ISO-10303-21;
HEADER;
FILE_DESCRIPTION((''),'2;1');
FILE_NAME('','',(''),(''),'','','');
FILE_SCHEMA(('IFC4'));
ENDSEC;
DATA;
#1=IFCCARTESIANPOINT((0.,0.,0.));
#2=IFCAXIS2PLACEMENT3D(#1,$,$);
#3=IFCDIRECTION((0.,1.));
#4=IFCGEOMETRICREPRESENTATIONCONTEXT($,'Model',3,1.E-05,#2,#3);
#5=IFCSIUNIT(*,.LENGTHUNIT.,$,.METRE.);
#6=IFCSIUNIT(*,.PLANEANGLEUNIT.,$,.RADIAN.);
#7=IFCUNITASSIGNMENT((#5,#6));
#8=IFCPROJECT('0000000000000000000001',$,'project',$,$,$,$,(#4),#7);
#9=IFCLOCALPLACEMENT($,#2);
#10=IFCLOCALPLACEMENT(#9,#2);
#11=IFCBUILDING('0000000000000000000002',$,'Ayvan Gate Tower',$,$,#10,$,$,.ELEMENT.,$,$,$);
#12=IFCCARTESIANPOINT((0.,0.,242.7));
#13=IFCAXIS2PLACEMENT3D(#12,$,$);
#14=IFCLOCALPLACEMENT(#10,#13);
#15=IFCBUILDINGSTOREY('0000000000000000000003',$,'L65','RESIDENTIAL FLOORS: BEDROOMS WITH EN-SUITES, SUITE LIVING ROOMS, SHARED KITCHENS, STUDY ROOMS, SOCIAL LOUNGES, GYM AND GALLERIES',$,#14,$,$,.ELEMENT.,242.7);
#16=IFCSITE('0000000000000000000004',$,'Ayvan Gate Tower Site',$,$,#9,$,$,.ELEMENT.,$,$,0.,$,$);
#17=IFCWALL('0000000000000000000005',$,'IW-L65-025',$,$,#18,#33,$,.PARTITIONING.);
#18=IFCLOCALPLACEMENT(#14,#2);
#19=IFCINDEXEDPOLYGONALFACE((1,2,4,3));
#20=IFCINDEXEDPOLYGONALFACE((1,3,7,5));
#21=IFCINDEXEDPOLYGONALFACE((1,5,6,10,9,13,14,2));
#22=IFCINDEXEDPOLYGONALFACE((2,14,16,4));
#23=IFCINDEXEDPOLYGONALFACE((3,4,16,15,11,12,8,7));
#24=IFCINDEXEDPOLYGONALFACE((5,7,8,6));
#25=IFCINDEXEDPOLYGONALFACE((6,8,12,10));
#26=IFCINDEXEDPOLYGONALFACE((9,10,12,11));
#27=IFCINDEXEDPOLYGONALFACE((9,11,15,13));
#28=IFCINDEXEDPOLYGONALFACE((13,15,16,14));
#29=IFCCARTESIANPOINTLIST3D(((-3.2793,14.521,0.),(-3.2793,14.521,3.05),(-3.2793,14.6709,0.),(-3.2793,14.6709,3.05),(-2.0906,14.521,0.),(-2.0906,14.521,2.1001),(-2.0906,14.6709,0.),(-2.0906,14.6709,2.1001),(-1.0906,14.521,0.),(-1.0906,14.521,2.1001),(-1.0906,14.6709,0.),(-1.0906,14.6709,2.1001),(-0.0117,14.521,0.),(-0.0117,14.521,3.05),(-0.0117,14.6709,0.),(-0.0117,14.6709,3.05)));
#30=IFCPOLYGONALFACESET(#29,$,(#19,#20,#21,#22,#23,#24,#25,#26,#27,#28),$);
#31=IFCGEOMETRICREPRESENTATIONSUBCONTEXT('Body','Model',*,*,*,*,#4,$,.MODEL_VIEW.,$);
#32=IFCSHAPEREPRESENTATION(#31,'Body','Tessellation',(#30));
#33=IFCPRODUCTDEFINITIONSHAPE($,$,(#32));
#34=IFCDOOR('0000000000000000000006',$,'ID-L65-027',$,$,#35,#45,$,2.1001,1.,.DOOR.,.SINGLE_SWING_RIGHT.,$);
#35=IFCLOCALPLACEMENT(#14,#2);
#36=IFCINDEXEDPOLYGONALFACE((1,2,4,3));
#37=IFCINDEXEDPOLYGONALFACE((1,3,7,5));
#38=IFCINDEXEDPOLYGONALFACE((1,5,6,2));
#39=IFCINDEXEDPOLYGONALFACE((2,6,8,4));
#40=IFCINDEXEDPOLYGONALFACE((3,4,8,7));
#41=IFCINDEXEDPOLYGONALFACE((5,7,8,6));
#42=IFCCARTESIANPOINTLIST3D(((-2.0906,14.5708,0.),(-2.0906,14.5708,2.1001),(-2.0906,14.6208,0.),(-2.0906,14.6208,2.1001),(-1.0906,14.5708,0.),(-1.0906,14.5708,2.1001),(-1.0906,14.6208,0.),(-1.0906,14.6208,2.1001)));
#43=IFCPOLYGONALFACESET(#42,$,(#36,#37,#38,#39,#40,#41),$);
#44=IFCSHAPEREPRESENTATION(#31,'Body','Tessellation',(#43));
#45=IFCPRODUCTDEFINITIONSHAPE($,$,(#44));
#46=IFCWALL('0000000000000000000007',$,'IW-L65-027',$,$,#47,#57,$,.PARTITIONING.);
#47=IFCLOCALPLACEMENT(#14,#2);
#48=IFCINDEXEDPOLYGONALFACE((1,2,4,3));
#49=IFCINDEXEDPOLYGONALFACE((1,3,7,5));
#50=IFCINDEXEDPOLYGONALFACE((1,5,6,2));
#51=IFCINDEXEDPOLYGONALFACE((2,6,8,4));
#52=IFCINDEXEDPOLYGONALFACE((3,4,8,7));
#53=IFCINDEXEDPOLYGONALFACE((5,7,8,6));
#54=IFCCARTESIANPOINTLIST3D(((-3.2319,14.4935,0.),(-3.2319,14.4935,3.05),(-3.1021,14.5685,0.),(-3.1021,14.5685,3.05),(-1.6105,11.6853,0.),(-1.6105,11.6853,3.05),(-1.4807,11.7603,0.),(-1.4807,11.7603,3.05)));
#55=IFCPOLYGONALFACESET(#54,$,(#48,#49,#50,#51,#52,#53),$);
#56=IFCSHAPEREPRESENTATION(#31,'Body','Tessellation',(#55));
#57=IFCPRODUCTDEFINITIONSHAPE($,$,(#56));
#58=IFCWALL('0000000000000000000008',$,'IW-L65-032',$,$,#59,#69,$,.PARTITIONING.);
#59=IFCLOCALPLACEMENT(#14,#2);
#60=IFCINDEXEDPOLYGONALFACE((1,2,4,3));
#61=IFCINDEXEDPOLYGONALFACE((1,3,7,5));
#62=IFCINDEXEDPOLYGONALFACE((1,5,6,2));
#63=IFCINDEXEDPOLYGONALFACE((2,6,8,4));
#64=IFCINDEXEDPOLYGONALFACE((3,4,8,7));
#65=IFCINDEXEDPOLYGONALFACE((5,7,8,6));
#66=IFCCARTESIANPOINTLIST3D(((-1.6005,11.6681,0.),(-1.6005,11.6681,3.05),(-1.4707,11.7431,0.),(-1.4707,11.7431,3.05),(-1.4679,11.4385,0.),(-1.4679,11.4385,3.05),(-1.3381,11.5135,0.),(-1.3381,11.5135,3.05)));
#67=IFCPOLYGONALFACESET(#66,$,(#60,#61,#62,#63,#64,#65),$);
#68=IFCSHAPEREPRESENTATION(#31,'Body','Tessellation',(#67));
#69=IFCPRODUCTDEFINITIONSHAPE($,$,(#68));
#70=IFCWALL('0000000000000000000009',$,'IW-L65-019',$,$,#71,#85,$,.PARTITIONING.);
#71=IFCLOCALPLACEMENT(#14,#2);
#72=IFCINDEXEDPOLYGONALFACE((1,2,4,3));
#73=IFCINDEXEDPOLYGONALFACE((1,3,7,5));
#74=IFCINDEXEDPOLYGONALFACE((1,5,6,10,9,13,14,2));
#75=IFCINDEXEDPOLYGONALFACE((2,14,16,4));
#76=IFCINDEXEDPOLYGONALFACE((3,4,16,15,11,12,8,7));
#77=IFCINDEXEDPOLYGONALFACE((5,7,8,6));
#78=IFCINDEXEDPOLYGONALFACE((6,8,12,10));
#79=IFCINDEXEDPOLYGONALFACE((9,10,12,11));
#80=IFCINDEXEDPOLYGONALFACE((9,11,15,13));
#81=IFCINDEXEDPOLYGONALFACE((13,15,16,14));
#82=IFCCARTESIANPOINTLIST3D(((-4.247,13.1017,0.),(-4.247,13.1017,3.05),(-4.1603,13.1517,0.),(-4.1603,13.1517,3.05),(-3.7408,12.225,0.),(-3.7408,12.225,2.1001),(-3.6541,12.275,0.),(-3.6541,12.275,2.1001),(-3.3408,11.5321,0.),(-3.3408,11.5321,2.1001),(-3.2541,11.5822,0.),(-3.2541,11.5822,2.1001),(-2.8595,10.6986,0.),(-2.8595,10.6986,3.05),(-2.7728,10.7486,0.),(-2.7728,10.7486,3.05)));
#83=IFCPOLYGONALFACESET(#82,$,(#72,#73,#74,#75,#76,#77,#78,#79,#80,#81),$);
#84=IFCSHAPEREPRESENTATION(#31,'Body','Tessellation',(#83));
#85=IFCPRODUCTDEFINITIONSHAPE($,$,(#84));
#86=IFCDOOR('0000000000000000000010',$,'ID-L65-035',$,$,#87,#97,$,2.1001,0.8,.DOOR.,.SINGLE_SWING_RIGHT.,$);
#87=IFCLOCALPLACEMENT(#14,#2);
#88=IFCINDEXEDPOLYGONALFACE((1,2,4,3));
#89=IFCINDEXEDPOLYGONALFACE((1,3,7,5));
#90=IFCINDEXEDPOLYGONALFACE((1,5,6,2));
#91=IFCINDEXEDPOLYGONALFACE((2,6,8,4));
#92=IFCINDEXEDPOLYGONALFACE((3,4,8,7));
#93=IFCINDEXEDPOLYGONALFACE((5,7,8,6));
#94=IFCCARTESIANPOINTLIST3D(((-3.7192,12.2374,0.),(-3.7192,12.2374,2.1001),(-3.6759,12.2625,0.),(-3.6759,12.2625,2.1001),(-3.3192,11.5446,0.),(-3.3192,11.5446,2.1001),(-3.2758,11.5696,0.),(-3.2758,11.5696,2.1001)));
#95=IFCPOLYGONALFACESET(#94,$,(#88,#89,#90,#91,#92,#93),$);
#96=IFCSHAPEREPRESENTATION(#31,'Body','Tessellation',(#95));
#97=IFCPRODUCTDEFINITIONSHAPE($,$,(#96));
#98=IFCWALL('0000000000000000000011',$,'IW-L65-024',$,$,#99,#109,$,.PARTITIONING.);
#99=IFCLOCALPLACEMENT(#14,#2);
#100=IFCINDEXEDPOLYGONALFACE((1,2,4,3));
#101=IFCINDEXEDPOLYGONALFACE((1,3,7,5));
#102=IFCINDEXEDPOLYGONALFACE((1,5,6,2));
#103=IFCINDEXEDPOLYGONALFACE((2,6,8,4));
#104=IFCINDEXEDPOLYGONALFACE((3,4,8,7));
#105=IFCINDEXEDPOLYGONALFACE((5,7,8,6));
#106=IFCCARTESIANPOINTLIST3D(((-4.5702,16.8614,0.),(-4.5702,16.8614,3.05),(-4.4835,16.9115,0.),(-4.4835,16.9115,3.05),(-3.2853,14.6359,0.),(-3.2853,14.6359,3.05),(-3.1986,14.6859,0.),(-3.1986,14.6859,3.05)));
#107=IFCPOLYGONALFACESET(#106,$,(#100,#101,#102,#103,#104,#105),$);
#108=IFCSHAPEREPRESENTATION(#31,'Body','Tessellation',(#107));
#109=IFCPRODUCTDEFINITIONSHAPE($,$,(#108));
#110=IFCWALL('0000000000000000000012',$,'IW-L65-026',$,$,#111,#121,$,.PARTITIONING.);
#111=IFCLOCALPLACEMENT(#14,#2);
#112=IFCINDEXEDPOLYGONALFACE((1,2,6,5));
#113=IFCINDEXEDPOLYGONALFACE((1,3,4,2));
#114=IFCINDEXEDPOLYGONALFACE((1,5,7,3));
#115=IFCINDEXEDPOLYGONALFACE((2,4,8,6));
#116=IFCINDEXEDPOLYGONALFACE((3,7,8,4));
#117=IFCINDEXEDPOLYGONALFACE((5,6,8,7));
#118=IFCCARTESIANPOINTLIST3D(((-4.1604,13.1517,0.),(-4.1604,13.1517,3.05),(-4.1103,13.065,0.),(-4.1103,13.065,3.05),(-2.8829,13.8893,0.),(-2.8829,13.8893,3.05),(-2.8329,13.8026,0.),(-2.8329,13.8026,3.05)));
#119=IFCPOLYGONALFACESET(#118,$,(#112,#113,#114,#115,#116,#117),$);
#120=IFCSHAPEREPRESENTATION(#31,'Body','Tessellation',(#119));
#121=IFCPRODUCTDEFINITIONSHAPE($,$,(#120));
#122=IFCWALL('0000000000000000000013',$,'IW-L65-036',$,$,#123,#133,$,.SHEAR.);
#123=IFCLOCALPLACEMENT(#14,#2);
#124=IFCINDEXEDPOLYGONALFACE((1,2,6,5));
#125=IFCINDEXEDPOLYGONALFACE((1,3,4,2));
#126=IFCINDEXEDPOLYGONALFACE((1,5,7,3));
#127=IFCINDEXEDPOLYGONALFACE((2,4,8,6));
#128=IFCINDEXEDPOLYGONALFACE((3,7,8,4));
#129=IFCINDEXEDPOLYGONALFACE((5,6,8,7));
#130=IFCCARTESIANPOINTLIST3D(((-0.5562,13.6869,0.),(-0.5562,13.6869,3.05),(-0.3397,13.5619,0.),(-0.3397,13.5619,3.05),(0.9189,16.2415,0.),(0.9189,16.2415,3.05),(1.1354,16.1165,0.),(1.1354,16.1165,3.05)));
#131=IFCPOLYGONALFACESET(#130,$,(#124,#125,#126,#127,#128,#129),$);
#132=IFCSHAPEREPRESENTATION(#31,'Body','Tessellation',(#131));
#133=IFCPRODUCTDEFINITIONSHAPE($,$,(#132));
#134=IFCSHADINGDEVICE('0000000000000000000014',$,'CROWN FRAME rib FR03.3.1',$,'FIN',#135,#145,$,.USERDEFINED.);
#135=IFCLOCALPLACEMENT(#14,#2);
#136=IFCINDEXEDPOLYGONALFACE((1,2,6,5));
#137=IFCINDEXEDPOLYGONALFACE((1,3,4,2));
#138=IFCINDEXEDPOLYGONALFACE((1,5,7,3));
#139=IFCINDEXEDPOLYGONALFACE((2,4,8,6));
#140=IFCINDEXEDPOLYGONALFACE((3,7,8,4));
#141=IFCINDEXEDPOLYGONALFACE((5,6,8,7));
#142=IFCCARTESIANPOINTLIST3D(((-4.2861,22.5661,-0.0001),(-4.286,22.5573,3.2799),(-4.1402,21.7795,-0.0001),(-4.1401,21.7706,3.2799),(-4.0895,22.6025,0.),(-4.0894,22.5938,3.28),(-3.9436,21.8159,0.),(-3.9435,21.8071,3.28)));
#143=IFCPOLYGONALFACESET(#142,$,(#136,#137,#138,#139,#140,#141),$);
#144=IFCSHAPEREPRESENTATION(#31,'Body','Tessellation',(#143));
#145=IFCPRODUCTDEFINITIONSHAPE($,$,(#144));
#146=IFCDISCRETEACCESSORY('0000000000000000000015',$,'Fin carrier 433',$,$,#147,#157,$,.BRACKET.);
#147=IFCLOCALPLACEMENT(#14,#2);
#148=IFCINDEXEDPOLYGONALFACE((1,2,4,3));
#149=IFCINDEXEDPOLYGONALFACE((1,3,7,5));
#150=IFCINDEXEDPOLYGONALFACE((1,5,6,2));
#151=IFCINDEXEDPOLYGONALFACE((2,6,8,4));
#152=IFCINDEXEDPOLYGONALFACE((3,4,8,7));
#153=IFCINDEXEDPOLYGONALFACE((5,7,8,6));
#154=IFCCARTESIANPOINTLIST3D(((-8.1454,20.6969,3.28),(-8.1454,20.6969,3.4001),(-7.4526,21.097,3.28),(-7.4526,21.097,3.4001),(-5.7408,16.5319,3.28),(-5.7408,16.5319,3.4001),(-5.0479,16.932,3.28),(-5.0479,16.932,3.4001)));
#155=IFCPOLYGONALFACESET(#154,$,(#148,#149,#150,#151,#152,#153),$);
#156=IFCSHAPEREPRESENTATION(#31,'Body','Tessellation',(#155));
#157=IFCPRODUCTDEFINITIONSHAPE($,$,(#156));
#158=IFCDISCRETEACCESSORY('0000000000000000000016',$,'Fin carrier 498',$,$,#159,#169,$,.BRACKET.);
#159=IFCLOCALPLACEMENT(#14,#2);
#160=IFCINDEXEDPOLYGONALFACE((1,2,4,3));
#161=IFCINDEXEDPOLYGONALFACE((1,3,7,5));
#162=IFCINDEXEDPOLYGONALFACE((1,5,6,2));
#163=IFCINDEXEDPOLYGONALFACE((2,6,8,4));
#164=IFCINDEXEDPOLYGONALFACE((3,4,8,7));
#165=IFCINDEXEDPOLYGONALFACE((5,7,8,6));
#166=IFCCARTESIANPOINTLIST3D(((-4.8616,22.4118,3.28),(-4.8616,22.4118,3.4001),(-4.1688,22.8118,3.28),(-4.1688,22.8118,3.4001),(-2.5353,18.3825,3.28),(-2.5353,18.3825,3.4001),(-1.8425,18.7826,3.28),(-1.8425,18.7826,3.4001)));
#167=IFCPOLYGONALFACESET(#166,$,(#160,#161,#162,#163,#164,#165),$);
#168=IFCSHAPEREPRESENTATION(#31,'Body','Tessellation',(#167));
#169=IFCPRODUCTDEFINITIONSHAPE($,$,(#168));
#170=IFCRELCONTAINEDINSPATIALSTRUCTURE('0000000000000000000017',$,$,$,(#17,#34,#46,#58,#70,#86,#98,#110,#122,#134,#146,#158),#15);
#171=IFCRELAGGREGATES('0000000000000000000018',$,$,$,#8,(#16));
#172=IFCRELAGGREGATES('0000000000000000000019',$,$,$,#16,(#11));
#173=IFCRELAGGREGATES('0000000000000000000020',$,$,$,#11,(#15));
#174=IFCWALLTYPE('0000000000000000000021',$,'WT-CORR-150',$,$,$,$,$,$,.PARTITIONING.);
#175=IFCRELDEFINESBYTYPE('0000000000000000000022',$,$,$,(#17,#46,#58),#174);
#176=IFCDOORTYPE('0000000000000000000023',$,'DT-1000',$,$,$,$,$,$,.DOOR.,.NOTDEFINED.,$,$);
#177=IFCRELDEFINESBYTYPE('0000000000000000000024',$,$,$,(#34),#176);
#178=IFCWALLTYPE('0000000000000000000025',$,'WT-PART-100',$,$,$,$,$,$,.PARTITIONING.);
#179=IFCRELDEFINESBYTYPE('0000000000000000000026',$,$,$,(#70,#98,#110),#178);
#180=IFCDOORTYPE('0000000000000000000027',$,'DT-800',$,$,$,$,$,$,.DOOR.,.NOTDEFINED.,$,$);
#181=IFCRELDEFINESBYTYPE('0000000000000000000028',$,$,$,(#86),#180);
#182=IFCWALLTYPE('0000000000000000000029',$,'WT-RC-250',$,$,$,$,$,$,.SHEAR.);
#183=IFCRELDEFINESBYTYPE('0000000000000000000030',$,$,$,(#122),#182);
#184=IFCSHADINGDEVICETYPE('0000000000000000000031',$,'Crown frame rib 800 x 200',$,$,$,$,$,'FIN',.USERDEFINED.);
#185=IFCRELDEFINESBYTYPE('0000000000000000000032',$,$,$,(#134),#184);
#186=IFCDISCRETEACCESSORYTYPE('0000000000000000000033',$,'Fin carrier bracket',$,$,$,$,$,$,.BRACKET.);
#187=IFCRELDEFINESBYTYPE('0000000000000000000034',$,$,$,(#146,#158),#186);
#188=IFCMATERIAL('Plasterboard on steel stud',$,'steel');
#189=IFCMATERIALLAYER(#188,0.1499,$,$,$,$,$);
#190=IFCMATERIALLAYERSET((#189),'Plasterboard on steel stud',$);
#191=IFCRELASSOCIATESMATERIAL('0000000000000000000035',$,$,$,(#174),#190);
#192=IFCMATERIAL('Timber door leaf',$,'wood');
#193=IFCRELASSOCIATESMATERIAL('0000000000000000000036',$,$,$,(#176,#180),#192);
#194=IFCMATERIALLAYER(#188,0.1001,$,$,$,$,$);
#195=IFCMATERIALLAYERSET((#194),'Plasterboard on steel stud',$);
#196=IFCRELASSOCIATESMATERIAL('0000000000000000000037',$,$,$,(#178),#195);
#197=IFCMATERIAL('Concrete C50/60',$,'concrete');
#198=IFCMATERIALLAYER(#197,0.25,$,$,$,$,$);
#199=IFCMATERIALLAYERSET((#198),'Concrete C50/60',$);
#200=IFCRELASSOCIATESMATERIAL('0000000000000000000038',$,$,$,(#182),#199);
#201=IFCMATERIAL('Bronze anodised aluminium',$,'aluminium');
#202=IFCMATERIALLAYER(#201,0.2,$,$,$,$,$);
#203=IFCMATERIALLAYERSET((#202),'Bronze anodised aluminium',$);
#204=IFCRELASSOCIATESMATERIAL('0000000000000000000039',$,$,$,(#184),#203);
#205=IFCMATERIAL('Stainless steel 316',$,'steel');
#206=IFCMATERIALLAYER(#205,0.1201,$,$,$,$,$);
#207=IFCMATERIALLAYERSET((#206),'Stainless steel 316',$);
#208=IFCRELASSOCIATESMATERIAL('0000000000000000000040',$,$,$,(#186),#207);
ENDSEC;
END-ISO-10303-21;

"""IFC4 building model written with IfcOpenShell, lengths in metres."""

from ifc_helpers import new_model, si_unit, direction, frame, frame_2d, origin, origin_2d, place, context, subcontext, project, spatial, polyline, rectangle, outline, extrude, material, layer, layer_set, type_object, element, fill, save


model = new_model("IFC4")

# Units and contexts
model_context = context("Model", 3, precision=1e-05, world=origin(), true_north=direction((0.0, 1.0)))
body_context = subcontext(model_context, "Body", "Model", "MODEL_VIEW")
ifc_project = project(units=[si_unit("LENGTHUNIT", "METRE"), si_unit("PLANEANGLEUNIT", "RADIAN")], contexts=[model_context])

# Site, building, storey
site_placement = place(None, origin())
site = spatial("IfcSite", under=ifc_project, at=site_placement, Name="Ayvan Gate Tower Site", CompositionType="ELEMENT", RefElevation=0.0)
building_placement = place(site_placement, origin())
building = spatial("IfcBuilding", under=site, at=building_placement, Name="Ayvan Gate Tower", CompositionType="ELEMENT")
storey_placement = place(building_placement, frame((0.0, 0.0, 242.7)))
storey = spatial("IfcBuildingStorey", under=building, at=storey_placement, Name="L65", Description="RESIDENTIAL FLOORS: BEDROOMS WITH EN-SUITES, SUITE LIVING ROOMS, SHARED KITCHENS, STUDY ROOMS, SOCIAL LOUNGES, GYM AND GALLERIES", CompositionType="ELEMENT", Elevation=242.7)

# Shared definitions
ifc_material_1 = material(Name="Concrete C50/60", Category="concrete")

# Shared definitions
ifc_material_2 = material(Name="Bronze anodised aluminium", Category="aluminium")

# Wall, opening, door
ifc_material_3 = material(Name="Plasterboard on steel stud", Category="steel")
ifc_layer_1 = layer(ifc_material_3, 0.1499)
ifc_layer_set_1 = layer_set([ifc_layer_1], Name="Plasterboard on steel stud")
wall_type_1 = type_object("IfcWallType", Name="WT-CORR-150", PredefinedType="PARTITIONING", material=ifc_layer_set_1)
wall_1_placement = place(storey_placement, frame((-3.2793, 14.5959, 0.0), z_axis=(0.0, 0.0, 1.0), x_axis=(1.0, 0.0, 0.0)))
wall_1 = element("IfcWall", 1, at=wall_1_placement, inside=storey, type_object=wall_type_1, Name="IW-L65-025", PredefinedType="PARTITIONING", context=body_context, shape_type="SweptSolid", body=[
    extrude(rectangle(XDim=3.2676, YDim=0.1499, at=frame_2d((1.6338, 0.0))), origin(), (0.0, 0.0, 1.0), 3.05),
])
opening_1_placement = place(wall_1_placement, frame((1.1887, 0.0, 0.0)))
opening_1 = element("IfcOpeningElement", 2, at=opening_1_placement, cuts=wall_1, PredefinedType="OPENING", context=body_context, shape_type="SweptSolid", body=[
    extrude(rectangle(XDim=1.0, YDim=2.1001, at=frame_2d((0.5, 1.05))), frame((0.0, 0.085, 0.0), z_axis=(0.0, -1.0, 0.0), x_axis=(1.0, 0.0, 0.0)), (0.0, 0.0, 1.0), 0.1699),
])
ifc_material_4 = material(Name="Timber door leaf", Category="wood")
door_type_1 = type_object("IfcDoorType", Name="DT-1000", OperationType="NOTDEFINED", PredefinedType="DOOR", material=ifc_material_4)
door_1_placement = place(opening_1_placement, origin())
door_1 = element("IfcDoor", 3, at=door_1_placement, inside=storey, type_object=door_type_1, Name="ID-L65-027", OperationType="SINGLE_SWING_RIGHT", OverallHeight=2.1001, OverallWidth=1.0, PredefinedType="DOOR", context=body_context, shape_type="SweptSolid", body=[
    extrude(rectangle(XDim=1.0, YDim=2.1001, at=frame_2d((0.5, 1.05))), frame((0.0, 0.0249, 0.0), z_axis=(0.0, -1.0, 0.0), x_axis=(1.0, 0.0, 0.0)), (0.0, 0.0, 1.0), 0.05),
])
fill(opening_1, door_1)

# Walls
wall_2_placement = place(storey_placement, frame((-3.167, 14.531, 0.0), z_axis=(0.0, 0.0, 1.0), x_axis=(0.500018, -0.866015, 0.0)))
element("IfcWall", 4, at=wall_2_placement, inside=storey, type_object=wall_type_1, Name="IW-L65-027", PredefinedType="PARTITIONING", context=body_context, shape_type="SweptSolid", body=[
    extrude(rectangle(XDim=3.2427, YDim=0.1499, at=frame_2d((1.6213, 0.0))), origin(), (0.0, 0.0, 1.0), 3.05),
])
wall_3_placement = place(storey_placement, frame((-1.5356, 11.7056, 0.0), z_axis=(0.0, 0.0, 1.0), x_axis=(0.500201, -0.865909, 0.0)))
element("IfcWall", 5, at=wall_3_placement, inside=storey, type_object=wall_type_1, Name="IW-L65-032", PredefinedType="PARTITIONING", context=body_context, shape_type="SweptSolid", body=[
    extrude(rectangle(XDim=0.2651, YDim=0.1499, at=frame_2d((0.1326, 0.0))), origin(), (0.0, 0.0, 1.0), 3.05),
])

# Wall, opening, door
ifc_layer_2 = layer(ifc_material_3, 0.1001)
ifc_layer_set_2 = layer_set([ifc_layer_2], Name="Plasterboard on steel stud")
wall_type_2 = type_object("IfcWallType", Name="WT-PART-100", PredefinedType="PARTITIONING", material=ifc_layer_set_2)
wall_4_placement = place(storey_placement, frame((-4.2036, 13.1267, 0.0), z_axis=(0.0, 0.0, 1.0), x_axis=(0.500009, -0.86602, 0.0)))
wall_4 = element("IfcWall", 6, at=wall_4_placement, inside=storey, type_object=wall_type_2, Name="IW-L65-019", PredefinedType="PARTITIONING", context=body_context, shape_type="SweptSolid", body=[
    extrude(rectangle(XDim=2.7749, YDim=0.1001, at=frame_2d((1.3875, 0.0))), origin(), (0.0, 0.0, 1.0), 3.05),
])
opening_2_placement = place(wall_4_placement, frame((1.0125, 0.0, 0.0)))
opening_2 = element("IfcOpeningElement", 7, at=opening_2_placement, cuts=wall_4, PredefinedType="OPENING", context=body_context, shape_type="SweptSolid", body=[
    extrude(rectangle(XDim=0.8, YDim=2.1001, at=frame_2d((0.3999, 1.05))), frame((0.0, 0.0601, 0.0), z_axis=(0.0, -1.0, 0.0), x_axis=(1.0, 0.0, 0.0)), (0.0, 0.0, 1.0), 0.1201),
])
door_type_2 = type_object("IfcDoorType", Name="DT-800", OperationType="NOTDEFINED", PredefinedType="DOOR", material=ifc_material_4)
door_2_placement = place(opening_2_placement, origin())
door_2 = element("IfcDoor", 8, at=door_2_placement, inside=storey, type_object=door_type_2, Name="ID-L65-035", OperationType="SINGLE_SWING_RIGHT", OverallHeight=2.1001, OverallWidth=0.8, PredefinedType="DOOR", context=body_context, shape_type="SweptSolid", body=[
    extrude(rectangle(XDim=0.8, YDim=2.1001, at=frame_2d((0.3999, 1.05))), frame((0.0, 0.0249, 0.0), z_axis=(0.0, -1.0, 0.0), x_axis=(1.0, 0.0, 0.0)), (0.0, 0.0, 1.0), 0.05),
])
fill(opening_2, door_2)

# Walls
wall_5_placement = place(storey_placement, frame((-3.2419, 14.6609, 0.0), z_axis=(0.0, 0.0, 1.0), x_axis=(-0.499991, 0.866031, 0.0)))
element("IfcWall", 9, at=wall_5_placement, inside=storey, type_object=wall_type_2, Name="IW-L65-024", PredefinedType="PARTITIONING", context=body_context, shape_type="SweptSolid", body=[
    extrude(rectangle(XDim=2.5698, YDim=0.1001, at=frame_2d((1.2849, 0.0))), origin(), (0.0, 0.0, 1.0), 3.05),
])
wall_6_placement = place(storey_placement, frame((-2.8579, 13.8459, 0.0), z_axis=(0.0, 0.0, 1.0), x_axis=(-0.866004, -0.500038, 0.0)))
element("IfcWall", 10, at=wall_6_placement, inside=storey, type_object=wall_type_2, Name="IW-L65-026", PredefinedType="PARTITIONING", context=body_context, shape_type="SweptSolid", body=[
    extrude(rectangle(XDim=1.4751, YDim=0.1001, at=frame_2d((0.7375, 0.0))), origin(), (0.0, 0.0, 1.0), 3.05),
])
ifc_layer_3 = layer(ifc_material_1, 0.25)
ifc_layer_set_3 = layer_set([ifc_layer_3], Name="Concrete C50/60")
wall_type_3 = type_object("IfcWallType", Name="WT-RC-250", PredefinedType="SHEAR", material=ifc_layer_set_3)
wall_7_placement = place(storey_placement, frame((-0.448, 13.6243, 0.0), z_axis=(0.0, 0.0, 1.0), x_axis=(0.500038, 0.866004, 0.0)))
element("IfcWall", 11, at=wall_7_placement, inside=storey, type_object=wall_type_3, Name="IW-L65-036", PredefinedType="SHEAR", context=body_context, shape_type="SweptSolid", body=[
    extrude(rectangle(XDim=2.95, YDim=0.25, at=frame_2d((1.4751, 0.0))), origin(), (0.0, 0.0, 1.0), 3.05),
])

# Shading device
ifc_layer_4 = layer(ifc_material_2, 0.2)
ifc_layer_set_4 = layer_set([ifc_layer_4], Name="Bronze anodised aluminium")
shading_device_type = type_object("IfcShadingDeviceType", Name="Crown frame rib 800 x 200", ElementType="FIN", PredefinedType="USERDEFINED", material=ifc_layer_set_4)
shading_device_placement = place(storey_placement, frame((-3.9436, 21.8159, 0.0), z_axis=(0.983236, 0.182335, 0.000452), x_axis=(-0.182335, 0.983236, 0.0)))
element("IfcShadingDevice", 12, at=shading_device_placement, inside=storey, type_object=shading_device_type, Name="CROWN FRAME rib FR03.3.1", ObjectType="FIN", PredefinedType="USERDEFINED", context=body_context, shape_type="SweptSolid", body=[
    extrude(outline(polyline([(0.0, 0.0), (0.8, 0.0), (0.7914, 3.28), (-0.0087, 3.28), (0.0, 0.0)])), origin(), (0.0, 0.0, -1.0), 0.2),
])

# Discrete accessories
ifc_material_5 = material(Name="Stainless steel 316", Category="steel")
ifc_layer_5 = layer(ifc_material_5, 0.1201)
ifc_layer_set_5 = layer_set([ifc_layer_5], Name="Stainless steel 316")
discrete_accessory_type = type_object("IfcDiscreteAccessoryType", Name="Fin carrier bracket", PredefinedType="BRACKET", material=ifc_layer_set_5)
discrete_accessory_1_placement = place(storey_placement, frame((-6.5967, 18.8145, 3.28), z_axis=(0.0, 0.0, 1.0), x_axis=(-0.866025, -0.5, 0.0)))
element("IfcDiscreteAccessory", 13, at=discrete_accessory_1_placement, inside=storey, type_object=discrete_accessory_type, Name="Fin carrier 433", PredefinedType="BRACKET", context=body_context, shape_type="SweptSolid", body=[
    extrude(rectangle(XDim=0.8, YDim=4.8093, at=origin_2d()), origin(), (0.0, 0.0, 1.0), 0.1201),
])
discrete_accessory_2_placement = place(storey_placement, frame((-3.3521, 20.5972, 3.28), z_axis=(0.0, 0.0, 1.0), x_axis=(-0.866025, -0.5, 0.0)))
element("IfcDiscreteAccessory", 14, at=discrete_accessory_2_placement, inside=storey, type_object=discrete_accessory_type, Name="Fin carrier 498", PredefinedType="BRACKET", context=body_context, shape_type="SweptSolid", body=[
    extrude(rectangle(XDim=0.8, YDim=4.6526, at=origin_2d()), origin(), (0.0, 0.0, 1.0), 0.1201),
])

save(model, "model.ifc")
